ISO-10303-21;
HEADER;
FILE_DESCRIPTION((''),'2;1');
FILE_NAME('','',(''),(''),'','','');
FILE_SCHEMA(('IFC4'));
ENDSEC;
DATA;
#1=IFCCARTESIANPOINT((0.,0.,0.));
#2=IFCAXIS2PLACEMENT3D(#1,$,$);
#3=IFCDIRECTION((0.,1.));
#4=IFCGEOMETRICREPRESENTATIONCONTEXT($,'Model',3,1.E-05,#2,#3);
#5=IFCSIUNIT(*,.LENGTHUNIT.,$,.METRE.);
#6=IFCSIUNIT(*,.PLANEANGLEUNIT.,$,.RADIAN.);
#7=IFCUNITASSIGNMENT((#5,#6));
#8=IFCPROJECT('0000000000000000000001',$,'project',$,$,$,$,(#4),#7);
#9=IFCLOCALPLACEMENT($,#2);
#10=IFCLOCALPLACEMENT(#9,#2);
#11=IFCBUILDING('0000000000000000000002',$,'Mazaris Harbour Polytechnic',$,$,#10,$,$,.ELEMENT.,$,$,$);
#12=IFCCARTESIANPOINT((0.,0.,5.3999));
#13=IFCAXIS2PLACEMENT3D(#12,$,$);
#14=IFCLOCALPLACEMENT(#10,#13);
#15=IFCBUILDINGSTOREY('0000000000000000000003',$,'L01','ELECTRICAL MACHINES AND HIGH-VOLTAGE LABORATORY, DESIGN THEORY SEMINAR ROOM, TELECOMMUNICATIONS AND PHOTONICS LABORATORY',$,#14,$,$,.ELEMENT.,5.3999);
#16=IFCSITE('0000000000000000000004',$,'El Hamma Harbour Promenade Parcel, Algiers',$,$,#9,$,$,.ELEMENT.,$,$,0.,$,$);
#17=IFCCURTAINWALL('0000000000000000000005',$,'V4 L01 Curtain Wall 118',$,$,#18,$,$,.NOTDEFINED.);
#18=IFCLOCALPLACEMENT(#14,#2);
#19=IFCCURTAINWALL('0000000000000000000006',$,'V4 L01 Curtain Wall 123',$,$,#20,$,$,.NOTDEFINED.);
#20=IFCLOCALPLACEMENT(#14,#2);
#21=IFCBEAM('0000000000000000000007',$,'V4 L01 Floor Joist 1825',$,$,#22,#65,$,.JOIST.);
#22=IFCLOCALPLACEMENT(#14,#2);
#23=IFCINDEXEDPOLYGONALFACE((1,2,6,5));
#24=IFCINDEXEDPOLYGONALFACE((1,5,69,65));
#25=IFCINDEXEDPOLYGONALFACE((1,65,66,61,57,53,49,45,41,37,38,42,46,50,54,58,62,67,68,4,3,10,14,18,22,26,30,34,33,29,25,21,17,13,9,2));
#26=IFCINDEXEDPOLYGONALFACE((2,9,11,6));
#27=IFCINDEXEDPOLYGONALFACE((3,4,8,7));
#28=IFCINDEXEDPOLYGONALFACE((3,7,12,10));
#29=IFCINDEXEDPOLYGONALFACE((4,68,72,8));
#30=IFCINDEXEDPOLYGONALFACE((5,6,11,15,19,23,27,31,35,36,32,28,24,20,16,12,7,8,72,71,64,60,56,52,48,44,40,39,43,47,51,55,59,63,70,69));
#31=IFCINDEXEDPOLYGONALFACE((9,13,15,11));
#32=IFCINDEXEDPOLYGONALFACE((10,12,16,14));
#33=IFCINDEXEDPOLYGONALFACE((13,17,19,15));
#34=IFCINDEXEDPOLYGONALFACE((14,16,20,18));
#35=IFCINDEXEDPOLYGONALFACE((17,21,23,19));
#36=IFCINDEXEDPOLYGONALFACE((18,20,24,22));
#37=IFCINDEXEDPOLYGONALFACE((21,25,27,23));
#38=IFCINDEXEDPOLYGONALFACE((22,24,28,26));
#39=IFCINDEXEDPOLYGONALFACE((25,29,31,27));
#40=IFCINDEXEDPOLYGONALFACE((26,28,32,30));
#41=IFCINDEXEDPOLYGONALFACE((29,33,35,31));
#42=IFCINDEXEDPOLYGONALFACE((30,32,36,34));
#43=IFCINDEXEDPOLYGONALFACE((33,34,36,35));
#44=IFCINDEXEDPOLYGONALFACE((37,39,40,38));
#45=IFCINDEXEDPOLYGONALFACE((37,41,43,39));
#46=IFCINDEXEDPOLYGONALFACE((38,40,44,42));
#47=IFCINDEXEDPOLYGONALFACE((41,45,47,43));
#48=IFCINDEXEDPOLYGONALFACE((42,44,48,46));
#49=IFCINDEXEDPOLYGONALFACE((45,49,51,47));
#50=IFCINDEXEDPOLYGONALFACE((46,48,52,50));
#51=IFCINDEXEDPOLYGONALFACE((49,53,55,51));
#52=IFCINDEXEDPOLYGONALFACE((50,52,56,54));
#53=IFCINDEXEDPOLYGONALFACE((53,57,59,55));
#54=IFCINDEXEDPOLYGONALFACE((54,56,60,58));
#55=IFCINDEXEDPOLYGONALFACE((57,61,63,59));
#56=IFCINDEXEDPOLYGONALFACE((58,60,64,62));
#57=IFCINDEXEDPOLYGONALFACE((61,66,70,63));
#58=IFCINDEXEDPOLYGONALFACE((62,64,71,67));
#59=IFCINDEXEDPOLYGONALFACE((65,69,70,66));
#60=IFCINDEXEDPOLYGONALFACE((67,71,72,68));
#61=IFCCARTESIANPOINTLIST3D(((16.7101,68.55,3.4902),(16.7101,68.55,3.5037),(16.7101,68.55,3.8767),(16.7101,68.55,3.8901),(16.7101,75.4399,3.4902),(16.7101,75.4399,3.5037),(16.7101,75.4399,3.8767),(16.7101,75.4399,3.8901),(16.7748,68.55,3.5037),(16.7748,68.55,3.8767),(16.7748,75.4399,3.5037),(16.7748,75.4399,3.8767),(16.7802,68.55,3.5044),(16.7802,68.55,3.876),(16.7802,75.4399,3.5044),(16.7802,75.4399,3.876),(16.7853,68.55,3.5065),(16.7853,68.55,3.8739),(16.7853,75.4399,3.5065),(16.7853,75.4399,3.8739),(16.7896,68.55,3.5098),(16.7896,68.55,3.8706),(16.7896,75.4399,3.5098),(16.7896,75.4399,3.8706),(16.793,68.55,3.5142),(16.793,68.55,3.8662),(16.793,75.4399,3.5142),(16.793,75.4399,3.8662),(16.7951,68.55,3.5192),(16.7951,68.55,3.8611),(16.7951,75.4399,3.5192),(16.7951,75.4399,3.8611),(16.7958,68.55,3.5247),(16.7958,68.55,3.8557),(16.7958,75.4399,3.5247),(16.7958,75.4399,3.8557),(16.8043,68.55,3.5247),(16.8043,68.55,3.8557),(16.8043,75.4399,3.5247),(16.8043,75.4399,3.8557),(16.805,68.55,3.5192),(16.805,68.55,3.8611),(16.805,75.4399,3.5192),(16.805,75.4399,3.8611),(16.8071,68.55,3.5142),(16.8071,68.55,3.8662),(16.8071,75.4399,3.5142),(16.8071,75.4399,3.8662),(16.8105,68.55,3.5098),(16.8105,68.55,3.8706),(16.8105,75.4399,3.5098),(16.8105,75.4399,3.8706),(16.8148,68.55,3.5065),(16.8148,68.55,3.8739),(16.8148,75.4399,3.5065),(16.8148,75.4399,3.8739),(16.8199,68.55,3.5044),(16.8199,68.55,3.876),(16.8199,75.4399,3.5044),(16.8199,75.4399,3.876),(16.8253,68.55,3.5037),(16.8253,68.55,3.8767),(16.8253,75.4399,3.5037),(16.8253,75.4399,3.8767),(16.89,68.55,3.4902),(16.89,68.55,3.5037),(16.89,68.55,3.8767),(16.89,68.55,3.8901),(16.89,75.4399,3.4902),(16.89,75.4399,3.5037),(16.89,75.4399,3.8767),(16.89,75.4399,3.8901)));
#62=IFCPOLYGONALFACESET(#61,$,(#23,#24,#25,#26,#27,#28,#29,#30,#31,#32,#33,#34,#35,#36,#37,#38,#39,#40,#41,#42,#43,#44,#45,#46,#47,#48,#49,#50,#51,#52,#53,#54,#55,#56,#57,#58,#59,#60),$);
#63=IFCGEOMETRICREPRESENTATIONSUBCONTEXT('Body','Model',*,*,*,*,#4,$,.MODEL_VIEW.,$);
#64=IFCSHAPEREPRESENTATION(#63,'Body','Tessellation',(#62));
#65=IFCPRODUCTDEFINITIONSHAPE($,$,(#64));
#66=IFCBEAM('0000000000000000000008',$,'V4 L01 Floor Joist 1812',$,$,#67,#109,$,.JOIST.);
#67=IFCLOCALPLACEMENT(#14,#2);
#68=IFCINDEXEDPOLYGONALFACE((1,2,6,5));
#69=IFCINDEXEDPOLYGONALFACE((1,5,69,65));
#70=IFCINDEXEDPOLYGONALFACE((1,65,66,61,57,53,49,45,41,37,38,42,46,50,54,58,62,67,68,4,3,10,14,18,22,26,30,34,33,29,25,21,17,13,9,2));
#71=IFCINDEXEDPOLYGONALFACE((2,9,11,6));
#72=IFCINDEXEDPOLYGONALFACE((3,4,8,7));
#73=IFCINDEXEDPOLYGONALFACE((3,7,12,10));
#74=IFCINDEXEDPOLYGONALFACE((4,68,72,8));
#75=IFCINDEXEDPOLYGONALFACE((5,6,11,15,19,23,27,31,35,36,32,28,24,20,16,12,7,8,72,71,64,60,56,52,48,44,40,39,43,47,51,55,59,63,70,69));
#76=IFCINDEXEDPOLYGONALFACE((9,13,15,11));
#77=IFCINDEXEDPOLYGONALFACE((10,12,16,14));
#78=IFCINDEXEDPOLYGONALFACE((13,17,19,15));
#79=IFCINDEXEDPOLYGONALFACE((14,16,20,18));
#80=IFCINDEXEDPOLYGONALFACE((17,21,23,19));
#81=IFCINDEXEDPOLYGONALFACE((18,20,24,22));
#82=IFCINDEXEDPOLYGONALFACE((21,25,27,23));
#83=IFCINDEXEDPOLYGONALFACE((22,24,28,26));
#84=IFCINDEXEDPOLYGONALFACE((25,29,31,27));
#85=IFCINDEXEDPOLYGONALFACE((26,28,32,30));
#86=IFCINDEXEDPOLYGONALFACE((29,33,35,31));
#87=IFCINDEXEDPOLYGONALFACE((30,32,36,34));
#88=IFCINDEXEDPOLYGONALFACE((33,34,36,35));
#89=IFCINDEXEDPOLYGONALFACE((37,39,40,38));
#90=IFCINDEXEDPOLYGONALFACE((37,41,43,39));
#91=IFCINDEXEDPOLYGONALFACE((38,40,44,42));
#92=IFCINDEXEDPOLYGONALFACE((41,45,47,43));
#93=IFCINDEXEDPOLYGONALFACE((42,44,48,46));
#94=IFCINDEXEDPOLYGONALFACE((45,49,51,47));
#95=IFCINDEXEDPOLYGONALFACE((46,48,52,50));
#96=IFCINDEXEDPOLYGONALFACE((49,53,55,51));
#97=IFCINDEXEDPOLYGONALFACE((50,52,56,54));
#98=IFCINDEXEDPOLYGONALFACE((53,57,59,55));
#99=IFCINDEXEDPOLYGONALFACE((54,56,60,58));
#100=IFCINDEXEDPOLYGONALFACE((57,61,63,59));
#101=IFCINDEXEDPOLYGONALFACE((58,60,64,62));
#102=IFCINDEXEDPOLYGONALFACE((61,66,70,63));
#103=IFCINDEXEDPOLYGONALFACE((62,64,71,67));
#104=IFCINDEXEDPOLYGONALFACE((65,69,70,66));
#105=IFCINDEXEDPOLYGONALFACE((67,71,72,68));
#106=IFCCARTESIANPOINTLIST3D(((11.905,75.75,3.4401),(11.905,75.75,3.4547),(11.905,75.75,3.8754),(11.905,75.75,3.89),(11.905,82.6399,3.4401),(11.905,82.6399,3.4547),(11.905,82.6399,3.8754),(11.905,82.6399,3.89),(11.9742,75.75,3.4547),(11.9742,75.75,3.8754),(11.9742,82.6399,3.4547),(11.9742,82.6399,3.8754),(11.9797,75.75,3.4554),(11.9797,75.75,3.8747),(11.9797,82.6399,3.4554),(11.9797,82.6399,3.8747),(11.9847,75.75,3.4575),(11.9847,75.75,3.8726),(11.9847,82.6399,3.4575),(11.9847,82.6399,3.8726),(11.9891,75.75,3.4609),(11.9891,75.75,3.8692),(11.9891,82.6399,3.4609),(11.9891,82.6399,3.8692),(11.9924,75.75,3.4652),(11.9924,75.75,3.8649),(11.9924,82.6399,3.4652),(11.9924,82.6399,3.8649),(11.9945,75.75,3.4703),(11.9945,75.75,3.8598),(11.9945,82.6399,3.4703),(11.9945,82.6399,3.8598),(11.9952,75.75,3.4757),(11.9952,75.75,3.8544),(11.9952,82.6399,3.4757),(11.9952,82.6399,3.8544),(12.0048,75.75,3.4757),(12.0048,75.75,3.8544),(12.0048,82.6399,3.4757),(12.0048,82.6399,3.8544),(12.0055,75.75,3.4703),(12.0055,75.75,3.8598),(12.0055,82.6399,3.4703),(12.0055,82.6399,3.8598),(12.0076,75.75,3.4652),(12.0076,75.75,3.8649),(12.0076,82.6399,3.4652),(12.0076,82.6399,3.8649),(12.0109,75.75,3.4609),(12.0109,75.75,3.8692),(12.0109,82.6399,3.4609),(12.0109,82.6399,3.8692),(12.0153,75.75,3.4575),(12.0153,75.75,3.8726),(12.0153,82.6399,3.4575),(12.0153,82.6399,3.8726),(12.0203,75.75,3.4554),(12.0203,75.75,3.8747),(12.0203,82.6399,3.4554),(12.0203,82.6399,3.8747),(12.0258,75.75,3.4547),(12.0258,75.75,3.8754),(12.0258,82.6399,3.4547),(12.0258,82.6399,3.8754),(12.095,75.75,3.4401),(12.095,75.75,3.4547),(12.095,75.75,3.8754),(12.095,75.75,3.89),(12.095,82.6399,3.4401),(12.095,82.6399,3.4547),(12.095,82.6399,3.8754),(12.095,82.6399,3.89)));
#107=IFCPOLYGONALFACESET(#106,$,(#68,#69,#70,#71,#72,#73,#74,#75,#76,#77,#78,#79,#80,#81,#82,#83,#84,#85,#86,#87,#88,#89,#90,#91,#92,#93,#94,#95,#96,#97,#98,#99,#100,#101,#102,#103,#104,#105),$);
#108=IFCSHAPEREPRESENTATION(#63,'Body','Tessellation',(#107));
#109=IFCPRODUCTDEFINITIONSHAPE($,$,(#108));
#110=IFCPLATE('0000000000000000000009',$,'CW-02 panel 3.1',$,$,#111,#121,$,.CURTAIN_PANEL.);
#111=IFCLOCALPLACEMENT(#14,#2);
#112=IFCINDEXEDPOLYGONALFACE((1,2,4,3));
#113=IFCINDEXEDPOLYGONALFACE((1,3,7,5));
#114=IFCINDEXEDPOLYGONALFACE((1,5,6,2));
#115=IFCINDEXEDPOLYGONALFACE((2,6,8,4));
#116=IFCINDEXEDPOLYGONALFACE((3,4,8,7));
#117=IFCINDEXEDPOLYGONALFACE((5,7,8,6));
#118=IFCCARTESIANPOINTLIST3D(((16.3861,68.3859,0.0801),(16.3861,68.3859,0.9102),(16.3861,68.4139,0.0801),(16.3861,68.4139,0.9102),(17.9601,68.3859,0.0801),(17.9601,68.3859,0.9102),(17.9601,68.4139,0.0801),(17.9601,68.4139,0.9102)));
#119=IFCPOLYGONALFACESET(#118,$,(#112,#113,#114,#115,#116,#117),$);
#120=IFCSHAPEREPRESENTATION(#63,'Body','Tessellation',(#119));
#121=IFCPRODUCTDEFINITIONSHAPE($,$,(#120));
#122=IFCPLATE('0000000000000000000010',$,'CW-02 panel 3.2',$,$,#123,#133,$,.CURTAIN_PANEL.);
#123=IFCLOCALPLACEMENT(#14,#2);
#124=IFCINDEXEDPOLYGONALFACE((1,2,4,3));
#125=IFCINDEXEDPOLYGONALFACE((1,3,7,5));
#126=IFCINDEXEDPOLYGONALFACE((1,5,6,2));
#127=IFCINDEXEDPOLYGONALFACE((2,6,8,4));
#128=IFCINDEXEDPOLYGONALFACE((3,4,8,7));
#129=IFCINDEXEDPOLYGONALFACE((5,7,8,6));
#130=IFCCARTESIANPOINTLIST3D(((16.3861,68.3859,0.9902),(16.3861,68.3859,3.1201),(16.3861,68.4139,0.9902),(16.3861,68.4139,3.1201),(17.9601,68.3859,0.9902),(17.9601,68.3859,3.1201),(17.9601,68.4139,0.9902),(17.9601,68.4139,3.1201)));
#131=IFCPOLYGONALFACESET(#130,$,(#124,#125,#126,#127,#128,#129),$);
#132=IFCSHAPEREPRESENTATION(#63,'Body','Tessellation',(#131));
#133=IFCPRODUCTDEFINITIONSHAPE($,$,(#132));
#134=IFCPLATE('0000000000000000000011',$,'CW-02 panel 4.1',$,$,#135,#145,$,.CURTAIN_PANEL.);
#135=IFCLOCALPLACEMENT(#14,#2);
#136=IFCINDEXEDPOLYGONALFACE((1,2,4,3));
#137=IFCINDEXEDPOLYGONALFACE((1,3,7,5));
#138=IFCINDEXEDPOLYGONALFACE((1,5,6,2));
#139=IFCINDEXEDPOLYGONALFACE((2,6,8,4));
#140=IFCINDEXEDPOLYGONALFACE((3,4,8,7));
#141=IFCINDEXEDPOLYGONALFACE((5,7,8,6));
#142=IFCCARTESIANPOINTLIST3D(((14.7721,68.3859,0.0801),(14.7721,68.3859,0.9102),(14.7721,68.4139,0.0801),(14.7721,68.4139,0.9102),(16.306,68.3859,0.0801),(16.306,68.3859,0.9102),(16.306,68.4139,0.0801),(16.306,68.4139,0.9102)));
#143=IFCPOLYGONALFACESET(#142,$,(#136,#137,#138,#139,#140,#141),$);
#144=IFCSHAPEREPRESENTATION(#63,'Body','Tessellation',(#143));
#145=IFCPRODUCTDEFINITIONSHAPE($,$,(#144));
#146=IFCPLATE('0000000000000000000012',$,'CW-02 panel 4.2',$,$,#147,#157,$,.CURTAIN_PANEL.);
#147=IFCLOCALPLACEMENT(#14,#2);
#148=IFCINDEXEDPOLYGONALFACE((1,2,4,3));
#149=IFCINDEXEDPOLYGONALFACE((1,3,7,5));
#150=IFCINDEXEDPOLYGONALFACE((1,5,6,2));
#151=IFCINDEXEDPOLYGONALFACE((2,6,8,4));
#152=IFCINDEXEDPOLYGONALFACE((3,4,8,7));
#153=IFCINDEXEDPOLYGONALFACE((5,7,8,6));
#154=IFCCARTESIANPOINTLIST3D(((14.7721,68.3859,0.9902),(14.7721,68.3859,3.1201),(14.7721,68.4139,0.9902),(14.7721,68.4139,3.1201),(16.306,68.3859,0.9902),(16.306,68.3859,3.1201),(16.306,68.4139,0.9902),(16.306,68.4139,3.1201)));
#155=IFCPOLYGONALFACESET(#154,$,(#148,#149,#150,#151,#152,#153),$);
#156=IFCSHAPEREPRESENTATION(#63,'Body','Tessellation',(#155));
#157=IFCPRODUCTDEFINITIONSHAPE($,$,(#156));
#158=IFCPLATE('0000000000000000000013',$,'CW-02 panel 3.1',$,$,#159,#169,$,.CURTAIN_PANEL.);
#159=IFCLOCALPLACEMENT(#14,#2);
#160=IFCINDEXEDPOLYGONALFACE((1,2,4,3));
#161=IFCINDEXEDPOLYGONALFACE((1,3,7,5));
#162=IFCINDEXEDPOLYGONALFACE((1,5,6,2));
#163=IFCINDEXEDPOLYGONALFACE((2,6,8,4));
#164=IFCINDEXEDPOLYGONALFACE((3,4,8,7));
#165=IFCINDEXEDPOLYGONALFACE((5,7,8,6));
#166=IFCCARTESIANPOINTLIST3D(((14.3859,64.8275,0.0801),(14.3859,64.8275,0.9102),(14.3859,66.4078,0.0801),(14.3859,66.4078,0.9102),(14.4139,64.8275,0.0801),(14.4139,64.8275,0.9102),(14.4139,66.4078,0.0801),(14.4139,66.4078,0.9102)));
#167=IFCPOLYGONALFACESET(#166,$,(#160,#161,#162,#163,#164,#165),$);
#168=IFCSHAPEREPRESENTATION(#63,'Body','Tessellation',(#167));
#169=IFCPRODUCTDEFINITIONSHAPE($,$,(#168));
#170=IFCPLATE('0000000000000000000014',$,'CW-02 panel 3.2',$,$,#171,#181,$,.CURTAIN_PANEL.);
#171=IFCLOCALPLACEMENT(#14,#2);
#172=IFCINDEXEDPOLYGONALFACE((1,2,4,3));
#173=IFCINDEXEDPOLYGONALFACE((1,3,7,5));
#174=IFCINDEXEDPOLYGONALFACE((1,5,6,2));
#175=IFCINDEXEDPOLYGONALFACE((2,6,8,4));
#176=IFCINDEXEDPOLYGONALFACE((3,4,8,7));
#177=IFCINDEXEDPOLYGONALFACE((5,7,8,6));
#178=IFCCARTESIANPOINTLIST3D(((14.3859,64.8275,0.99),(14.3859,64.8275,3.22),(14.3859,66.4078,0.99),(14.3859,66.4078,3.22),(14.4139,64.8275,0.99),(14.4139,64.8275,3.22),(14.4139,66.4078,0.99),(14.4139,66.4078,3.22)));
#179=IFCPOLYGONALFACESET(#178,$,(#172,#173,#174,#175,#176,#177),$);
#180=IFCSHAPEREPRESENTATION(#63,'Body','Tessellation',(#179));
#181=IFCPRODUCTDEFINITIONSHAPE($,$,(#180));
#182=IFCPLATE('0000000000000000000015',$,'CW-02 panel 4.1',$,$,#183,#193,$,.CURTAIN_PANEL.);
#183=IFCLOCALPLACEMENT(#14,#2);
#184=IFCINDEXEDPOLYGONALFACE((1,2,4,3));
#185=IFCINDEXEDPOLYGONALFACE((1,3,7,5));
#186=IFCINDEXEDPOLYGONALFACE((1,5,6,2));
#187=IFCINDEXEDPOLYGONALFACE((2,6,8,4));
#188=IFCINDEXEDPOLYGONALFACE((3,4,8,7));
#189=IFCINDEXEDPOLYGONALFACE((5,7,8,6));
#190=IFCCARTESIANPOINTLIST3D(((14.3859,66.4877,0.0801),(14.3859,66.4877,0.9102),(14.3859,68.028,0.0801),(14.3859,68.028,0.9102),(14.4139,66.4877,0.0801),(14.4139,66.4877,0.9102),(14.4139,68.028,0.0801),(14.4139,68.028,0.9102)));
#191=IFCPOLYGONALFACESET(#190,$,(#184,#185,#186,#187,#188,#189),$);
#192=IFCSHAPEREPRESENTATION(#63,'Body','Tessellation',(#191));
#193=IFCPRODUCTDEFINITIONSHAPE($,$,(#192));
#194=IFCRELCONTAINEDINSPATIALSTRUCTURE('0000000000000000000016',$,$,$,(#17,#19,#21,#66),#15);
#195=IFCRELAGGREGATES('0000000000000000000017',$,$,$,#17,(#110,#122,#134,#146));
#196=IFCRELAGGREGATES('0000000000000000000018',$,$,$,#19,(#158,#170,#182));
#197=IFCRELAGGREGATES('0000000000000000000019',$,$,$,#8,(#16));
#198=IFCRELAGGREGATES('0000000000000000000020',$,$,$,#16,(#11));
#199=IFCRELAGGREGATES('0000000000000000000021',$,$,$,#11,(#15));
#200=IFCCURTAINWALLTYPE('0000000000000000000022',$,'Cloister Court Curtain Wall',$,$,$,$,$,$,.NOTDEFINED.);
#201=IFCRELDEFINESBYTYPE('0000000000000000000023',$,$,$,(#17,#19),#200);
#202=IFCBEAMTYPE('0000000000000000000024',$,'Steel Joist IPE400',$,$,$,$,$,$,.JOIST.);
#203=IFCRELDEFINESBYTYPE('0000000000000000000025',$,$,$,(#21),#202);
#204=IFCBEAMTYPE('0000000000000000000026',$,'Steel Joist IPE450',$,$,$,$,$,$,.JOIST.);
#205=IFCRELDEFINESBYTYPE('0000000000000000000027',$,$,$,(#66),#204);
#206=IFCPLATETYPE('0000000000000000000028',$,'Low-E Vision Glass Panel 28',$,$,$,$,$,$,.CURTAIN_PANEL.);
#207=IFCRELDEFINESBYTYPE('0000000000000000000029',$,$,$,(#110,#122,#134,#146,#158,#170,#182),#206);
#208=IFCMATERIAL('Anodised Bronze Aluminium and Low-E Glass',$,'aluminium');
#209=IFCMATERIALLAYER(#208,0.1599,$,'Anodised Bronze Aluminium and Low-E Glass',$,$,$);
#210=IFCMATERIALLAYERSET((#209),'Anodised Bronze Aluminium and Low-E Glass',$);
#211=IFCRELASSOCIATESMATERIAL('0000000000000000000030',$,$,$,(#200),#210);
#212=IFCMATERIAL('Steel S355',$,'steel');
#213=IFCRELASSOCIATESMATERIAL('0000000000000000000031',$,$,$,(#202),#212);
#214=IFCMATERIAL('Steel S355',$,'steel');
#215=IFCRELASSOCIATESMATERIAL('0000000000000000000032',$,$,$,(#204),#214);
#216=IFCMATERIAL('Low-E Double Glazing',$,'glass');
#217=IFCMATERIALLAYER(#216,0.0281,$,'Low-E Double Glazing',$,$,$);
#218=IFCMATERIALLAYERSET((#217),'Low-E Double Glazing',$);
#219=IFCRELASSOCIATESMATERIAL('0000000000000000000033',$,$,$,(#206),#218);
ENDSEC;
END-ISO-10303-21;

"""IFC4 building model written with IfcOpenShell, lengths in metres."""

from ifc_helpers import new_model, si_unit, direction, frame, origin, origin_2d, place, context, subcontext, project, spatial, rectangle, i_section, extrude, material, layer, layer_set, material_profile, profile_set, type_object, element, aggregate, save


model = new_model("IFC4")

# Units and contexts
model_context = context("Model", 3, precision=1e-05, world=origin(), true_north=direction((0.0, 1.0)))
body_context = subcontext(model_context, "Body", "Model", "MODEL_VIEW")
ifc_project = project(units=[si_unit("LENGTHUNIT", "METRE"), si_unit("PLANEANGLEUNIT", "RADIAN")], contexts=[model_context])

# Site, building, storey
site_placement = place(None, origin())
site = spatial("IfcSite", under=ifc_project, at=site_placement, Name="El Hamma Harbour Promenade Parcel, Algiers", CompositionType="ELEMENT", RefElevation=0.0)
building_placement = place(site_placement, origin())
building = spatial("IfcBuilding", under=site, at=building_placement, Name="Mazaris Harbour Polytechnic", CompositionType="ELEMENT")
storey_placement = place(building_placement, frame((0.0, 0.0, 5.3999)))
storey = spatial("IfcBuildingStorey", under=building, at=storey_placement, Name="L01", Description="ELECTRICAL MACHINES AND HIGH-VOLTAGE LABORATORY, DESIGN THEORY SEMINAR ROOM, TELECOMMUNICATIONS AND PHOTONICS LABORATORY", CompositionType="ELEMENT", Elevation=5.3999)

# Curtain walls
ifc_material_1 = material(Name="Anodised Bronze Aluminium and Low-E Glass", Category="aluminium")
ifc_layer_1 = layer(ifc_material_1, 0.1599, Name="Anodised Bronze Aluminium and Low-E Glass")
ifc_layer_set_1 = layer_set([ifc_layer_1], Name="Anodised Bronze Aluminium and Low-E Glass")
curtain_wall_type = type_object("IfcCurtainWallType", Name="Cloister Court Curtain Wall", PredefinedType="NOTDEFINED", material=ifc_layer_set_1)
curtain_wall_1_placement = place(storey_placement, origin())
curtain_wall_1 = element("IfcCurtainWall", 1, at=curtain_wall_1_placement, inside=storey, type_object=curtain_wall_type, Name="V4 L01 Curtain Wall 118", PredefinedType="NOTDEFINED")
curtain_wall_2_placement = place(storey_placement, origin())
curtain_wall_2 = element("IfcCurtainWall", 2, at=curtain_wall_2_placement, inside=storey, type_object=curtain_wall_type, Name="V4 L01 Curtain Wall 123", PredefinedType="NOTDEFINED")

# Beams
ifc_material_2 = material(Name="Steel S355", Category="steel")
ifc_material_profile_1 = material_profile(ifc_material_2, i_section(OverallWidth=0.1799, OverallDepth=0.3999, WebThickness=0.0085, FlangeThickness=0.0134, FilletRadius=0.021, at=origin_2d()), Name="IPE 400")
ifc_profile_set_1 = profile_set([ifc_material_profile_1], Name="Steel S355")
beam_type_1 = type_object("IfcBeamType", Name="Steel Joist IPE400", PredefinedType="JOIST", material=ifc_profile_set_1)
beam_1_placement = place(storey_placement, frame((16.8, 68.55, 3.6902), z_axis=(0.0, 1.0, 0.0), x_axis=(-1.0, 0.0, 0.0)))
element("IfcBeam", 3, at=beam_1_placement, inside=storey, type_object=beam_type_1, Name="V4 L01 Floor Joist 1825", PredefinedType="JOIST", context=body_context, shape_type="SweptSolid", body=[
    extrude(i_section(OverallWidth=0.1799, OverallDepth=0.3999, WebThickness=0.0085, FlangeThickness=0.0134, FilletRadius=0.021, at=origin_2d()), origin(), (0.0, 0.0, 1.0), 6.8899),
])
ifc_material_3 = material(Name="Steel S355", Category="steel")
ifc_material_profile_2 = material_profile(ifc_material_3, i_section(OverallWidth=0.1899, OverallDepth=0.45, WebThickness=0.0095, FlangeThickness=0.0146, FilletRadius=0.021, at=origin_2d()), Name="IPE 450")
ifc_profile_set_2 = profile_set([ifc_material_profile_2], Name="Steel S355")
beam_type_2 = type_object("IfcBeamType", Name="Steel Joist IPE450", PredefinedType="JOIST", material=ifc_profile_set_2)
beam_2_placement = place(storey_placement, frame((12.0, 75.75, 3.665), z_axis=(0.0, 1.0, 0.0), x_axis=(-1.0, 0.0, 0.0)))
element("IfcBeam", 4, at=beam_2_placement, inside=storey, type_object=beam_type_2, Name="V4 L01 Floor Joist 1812", PredefinedType="JOIST", context=body_context, shape_type="SweptSolid", body=[
    extrude(i_section(OverallWidth=0.1899, OverallDepth=0.45, WebThickness=0.0095, FlangeThickness=0.0146, FilletRadius=0.021, at=origin_2d()), origin(), (0.0, 0.0, 1.0), 6.8899),
])

# Plates
ifc_material_4 = material(Name="Low-E Double Glazing", Category="glass")
ifc_layer_2 = layer(ifc_material_4, 0.0281, Name="Low-E Double Glazing")
ifc_layer_set_2 = layer_set([ifc_layer_2], Name="Low-E Double Glazing")
plate_type = type_object("IfcPlateType", Name="Low-E Vision Glass Panel 28", PredefinedType="CURTAIN_PANEL", material=ifc_layer_set_2)
plate_1_placement = place(storey_placement, frame((17.1731, 68.3999, 0.0801), z_axis=(0.0, 0.0, 1.0), x_axis=(-1.0, 0.0, 0.0)))
plate_1 = element("IfcPlate", 5, at=plate_1_placement, type_object=plate_type, Name="CW-02 panel 3.1", PredefinedType="CURTAIN_PANEL", context=body_context, shape_type="SweptSolid", body=[
    extrude(rectangle(XDim=1.574, YDim=0.0281, at=origin_2d()), origin(), (0.0, 0.0, 1.0), 0.8301),
])
plate_2_placement = place(storey_placement, frame((17.1731, 68.3999, 0.9902), z_axis=(0.0, 0.0, 1.0), x_axis=(-1.0, 0.0, 0.0)))
plate_2 = element("IfcPlate", 6, at=plate_2_placement, type_object=plate_type, Name="CW-02 panel 3.2", PredefinedType="CURTAIN_PANEL", context=body_context, shape_type="SweptSolid", body=[
    extrude(rectangle(XDim=1.574, YDim=0.0281, at=origin_2d()), origin(), (0.0, 0.0, 1.0), 2.1299),
])
plate_3_placement = place(storey_placement, frame((15.5391, 68.3999, 0.0801), z_axis=(0.0, 0.0, 1.0), x_axis=(-1.0, 0.0, 0.0)))
plate_3 = element("IfcPlate", 7, at=plate_3_placement, type_object=plate_type, Name="CW-02 panel 4.1", PredefinedType="CURTAIN_PANEL", context=body_context, shape_type="SweptSolid", body=[
    extrude(rectangle(XDim=1.5339, YDim=0.0281, at=origin_2d()), origin(), (0.0, 0.0, 1.0), 0.8301),
])
plate_4_placement = place(storey_placement, frame((15.5391, 68.3999, 0.9902), z_axis=(0.0, 0.0, 1.0), x_axis=(-1.0, 0.0, 0.0)))
plate_4 = element("IfcPlate", 8, at=plate_4_placement, type_object=plate_type, Name="CW-02 panel 4.2", PredefinedType="CURTAIN_PANEL", context=body_context, shape_type="SweptSolid", body=[
    extrude(rectangle(XDim=1.5339, YDim=0.0281, at=origin_2d()), origin(), (0.0, 0.0, 1.0), 2.1299),
])
aggregate(curtain_wall_1, [plate_1, plate_2, plate_3, plate_4])
plate_5_placement = place(storey_placement, frame((14.3999, 65.6177, 0.0801), z_axis=(0.0, 0.0, 1.0), x_axis=(0.0, 1.0, 0.0)))
plate_5 = element("IfcPlate", 9, at=plate_5_placement, type_object=plate_type, Name="CW-02 panel 3.1", PredefinedType="CURTAIN_PANEL", context=body_context, shape_type="SweptSolid", body=[
    extrude(rectangle(XDim=1.5803, YDim=0.0281, at=origin_2d()), origin(), (0.0, 0.0, 1.0), 0.8301),
])
plate_6_placement = place(storey_placement, frame((14.3999, 65.6177, 0.99), z_axis=(0.0, 0.0, 1.0), x_axis=(0.0, 1.0, 0.0)))
plate_6 = element("IfcPlate", 10, at=plate_6_placement, type_object=plate_type, Name="CW-02 panel 3.2", PredefinedType="CURTAIN_PANEL", context=body_context, shape_type="SweptSolid", body=[
    extrude(rectangle(XDim=1.5803, YDim=0.0281, at=origin_2d()), origin(), (0.0, 0.0, 1.0), 2.23),
])
plate_7_placement = place(storey_placement, frame((14.3999, 67.2578, 0.0801), z_axis=(0.0, 0.0, 1.0), x_axis=(0.0, 1.0, 0.0)))
plate_7 = element("IfcPlate", 11, at=plate_7_placement, type_object=plate_type, Name="CW-02 panel 4.1", PredefinedType="CURTAIN_PANEL", context=body_context, shape_type="SweptSolid", body=[
    extrude(rectangle(XDim=1.5403, YDim=0.0281, at=origin_2d()), origin(), (0.0, 0.0, 1.0), 0.8301),
])
aggregate(curtain_wall_2, [plate_5, plate_6, plate_7])

save(model, "model.ifc")
